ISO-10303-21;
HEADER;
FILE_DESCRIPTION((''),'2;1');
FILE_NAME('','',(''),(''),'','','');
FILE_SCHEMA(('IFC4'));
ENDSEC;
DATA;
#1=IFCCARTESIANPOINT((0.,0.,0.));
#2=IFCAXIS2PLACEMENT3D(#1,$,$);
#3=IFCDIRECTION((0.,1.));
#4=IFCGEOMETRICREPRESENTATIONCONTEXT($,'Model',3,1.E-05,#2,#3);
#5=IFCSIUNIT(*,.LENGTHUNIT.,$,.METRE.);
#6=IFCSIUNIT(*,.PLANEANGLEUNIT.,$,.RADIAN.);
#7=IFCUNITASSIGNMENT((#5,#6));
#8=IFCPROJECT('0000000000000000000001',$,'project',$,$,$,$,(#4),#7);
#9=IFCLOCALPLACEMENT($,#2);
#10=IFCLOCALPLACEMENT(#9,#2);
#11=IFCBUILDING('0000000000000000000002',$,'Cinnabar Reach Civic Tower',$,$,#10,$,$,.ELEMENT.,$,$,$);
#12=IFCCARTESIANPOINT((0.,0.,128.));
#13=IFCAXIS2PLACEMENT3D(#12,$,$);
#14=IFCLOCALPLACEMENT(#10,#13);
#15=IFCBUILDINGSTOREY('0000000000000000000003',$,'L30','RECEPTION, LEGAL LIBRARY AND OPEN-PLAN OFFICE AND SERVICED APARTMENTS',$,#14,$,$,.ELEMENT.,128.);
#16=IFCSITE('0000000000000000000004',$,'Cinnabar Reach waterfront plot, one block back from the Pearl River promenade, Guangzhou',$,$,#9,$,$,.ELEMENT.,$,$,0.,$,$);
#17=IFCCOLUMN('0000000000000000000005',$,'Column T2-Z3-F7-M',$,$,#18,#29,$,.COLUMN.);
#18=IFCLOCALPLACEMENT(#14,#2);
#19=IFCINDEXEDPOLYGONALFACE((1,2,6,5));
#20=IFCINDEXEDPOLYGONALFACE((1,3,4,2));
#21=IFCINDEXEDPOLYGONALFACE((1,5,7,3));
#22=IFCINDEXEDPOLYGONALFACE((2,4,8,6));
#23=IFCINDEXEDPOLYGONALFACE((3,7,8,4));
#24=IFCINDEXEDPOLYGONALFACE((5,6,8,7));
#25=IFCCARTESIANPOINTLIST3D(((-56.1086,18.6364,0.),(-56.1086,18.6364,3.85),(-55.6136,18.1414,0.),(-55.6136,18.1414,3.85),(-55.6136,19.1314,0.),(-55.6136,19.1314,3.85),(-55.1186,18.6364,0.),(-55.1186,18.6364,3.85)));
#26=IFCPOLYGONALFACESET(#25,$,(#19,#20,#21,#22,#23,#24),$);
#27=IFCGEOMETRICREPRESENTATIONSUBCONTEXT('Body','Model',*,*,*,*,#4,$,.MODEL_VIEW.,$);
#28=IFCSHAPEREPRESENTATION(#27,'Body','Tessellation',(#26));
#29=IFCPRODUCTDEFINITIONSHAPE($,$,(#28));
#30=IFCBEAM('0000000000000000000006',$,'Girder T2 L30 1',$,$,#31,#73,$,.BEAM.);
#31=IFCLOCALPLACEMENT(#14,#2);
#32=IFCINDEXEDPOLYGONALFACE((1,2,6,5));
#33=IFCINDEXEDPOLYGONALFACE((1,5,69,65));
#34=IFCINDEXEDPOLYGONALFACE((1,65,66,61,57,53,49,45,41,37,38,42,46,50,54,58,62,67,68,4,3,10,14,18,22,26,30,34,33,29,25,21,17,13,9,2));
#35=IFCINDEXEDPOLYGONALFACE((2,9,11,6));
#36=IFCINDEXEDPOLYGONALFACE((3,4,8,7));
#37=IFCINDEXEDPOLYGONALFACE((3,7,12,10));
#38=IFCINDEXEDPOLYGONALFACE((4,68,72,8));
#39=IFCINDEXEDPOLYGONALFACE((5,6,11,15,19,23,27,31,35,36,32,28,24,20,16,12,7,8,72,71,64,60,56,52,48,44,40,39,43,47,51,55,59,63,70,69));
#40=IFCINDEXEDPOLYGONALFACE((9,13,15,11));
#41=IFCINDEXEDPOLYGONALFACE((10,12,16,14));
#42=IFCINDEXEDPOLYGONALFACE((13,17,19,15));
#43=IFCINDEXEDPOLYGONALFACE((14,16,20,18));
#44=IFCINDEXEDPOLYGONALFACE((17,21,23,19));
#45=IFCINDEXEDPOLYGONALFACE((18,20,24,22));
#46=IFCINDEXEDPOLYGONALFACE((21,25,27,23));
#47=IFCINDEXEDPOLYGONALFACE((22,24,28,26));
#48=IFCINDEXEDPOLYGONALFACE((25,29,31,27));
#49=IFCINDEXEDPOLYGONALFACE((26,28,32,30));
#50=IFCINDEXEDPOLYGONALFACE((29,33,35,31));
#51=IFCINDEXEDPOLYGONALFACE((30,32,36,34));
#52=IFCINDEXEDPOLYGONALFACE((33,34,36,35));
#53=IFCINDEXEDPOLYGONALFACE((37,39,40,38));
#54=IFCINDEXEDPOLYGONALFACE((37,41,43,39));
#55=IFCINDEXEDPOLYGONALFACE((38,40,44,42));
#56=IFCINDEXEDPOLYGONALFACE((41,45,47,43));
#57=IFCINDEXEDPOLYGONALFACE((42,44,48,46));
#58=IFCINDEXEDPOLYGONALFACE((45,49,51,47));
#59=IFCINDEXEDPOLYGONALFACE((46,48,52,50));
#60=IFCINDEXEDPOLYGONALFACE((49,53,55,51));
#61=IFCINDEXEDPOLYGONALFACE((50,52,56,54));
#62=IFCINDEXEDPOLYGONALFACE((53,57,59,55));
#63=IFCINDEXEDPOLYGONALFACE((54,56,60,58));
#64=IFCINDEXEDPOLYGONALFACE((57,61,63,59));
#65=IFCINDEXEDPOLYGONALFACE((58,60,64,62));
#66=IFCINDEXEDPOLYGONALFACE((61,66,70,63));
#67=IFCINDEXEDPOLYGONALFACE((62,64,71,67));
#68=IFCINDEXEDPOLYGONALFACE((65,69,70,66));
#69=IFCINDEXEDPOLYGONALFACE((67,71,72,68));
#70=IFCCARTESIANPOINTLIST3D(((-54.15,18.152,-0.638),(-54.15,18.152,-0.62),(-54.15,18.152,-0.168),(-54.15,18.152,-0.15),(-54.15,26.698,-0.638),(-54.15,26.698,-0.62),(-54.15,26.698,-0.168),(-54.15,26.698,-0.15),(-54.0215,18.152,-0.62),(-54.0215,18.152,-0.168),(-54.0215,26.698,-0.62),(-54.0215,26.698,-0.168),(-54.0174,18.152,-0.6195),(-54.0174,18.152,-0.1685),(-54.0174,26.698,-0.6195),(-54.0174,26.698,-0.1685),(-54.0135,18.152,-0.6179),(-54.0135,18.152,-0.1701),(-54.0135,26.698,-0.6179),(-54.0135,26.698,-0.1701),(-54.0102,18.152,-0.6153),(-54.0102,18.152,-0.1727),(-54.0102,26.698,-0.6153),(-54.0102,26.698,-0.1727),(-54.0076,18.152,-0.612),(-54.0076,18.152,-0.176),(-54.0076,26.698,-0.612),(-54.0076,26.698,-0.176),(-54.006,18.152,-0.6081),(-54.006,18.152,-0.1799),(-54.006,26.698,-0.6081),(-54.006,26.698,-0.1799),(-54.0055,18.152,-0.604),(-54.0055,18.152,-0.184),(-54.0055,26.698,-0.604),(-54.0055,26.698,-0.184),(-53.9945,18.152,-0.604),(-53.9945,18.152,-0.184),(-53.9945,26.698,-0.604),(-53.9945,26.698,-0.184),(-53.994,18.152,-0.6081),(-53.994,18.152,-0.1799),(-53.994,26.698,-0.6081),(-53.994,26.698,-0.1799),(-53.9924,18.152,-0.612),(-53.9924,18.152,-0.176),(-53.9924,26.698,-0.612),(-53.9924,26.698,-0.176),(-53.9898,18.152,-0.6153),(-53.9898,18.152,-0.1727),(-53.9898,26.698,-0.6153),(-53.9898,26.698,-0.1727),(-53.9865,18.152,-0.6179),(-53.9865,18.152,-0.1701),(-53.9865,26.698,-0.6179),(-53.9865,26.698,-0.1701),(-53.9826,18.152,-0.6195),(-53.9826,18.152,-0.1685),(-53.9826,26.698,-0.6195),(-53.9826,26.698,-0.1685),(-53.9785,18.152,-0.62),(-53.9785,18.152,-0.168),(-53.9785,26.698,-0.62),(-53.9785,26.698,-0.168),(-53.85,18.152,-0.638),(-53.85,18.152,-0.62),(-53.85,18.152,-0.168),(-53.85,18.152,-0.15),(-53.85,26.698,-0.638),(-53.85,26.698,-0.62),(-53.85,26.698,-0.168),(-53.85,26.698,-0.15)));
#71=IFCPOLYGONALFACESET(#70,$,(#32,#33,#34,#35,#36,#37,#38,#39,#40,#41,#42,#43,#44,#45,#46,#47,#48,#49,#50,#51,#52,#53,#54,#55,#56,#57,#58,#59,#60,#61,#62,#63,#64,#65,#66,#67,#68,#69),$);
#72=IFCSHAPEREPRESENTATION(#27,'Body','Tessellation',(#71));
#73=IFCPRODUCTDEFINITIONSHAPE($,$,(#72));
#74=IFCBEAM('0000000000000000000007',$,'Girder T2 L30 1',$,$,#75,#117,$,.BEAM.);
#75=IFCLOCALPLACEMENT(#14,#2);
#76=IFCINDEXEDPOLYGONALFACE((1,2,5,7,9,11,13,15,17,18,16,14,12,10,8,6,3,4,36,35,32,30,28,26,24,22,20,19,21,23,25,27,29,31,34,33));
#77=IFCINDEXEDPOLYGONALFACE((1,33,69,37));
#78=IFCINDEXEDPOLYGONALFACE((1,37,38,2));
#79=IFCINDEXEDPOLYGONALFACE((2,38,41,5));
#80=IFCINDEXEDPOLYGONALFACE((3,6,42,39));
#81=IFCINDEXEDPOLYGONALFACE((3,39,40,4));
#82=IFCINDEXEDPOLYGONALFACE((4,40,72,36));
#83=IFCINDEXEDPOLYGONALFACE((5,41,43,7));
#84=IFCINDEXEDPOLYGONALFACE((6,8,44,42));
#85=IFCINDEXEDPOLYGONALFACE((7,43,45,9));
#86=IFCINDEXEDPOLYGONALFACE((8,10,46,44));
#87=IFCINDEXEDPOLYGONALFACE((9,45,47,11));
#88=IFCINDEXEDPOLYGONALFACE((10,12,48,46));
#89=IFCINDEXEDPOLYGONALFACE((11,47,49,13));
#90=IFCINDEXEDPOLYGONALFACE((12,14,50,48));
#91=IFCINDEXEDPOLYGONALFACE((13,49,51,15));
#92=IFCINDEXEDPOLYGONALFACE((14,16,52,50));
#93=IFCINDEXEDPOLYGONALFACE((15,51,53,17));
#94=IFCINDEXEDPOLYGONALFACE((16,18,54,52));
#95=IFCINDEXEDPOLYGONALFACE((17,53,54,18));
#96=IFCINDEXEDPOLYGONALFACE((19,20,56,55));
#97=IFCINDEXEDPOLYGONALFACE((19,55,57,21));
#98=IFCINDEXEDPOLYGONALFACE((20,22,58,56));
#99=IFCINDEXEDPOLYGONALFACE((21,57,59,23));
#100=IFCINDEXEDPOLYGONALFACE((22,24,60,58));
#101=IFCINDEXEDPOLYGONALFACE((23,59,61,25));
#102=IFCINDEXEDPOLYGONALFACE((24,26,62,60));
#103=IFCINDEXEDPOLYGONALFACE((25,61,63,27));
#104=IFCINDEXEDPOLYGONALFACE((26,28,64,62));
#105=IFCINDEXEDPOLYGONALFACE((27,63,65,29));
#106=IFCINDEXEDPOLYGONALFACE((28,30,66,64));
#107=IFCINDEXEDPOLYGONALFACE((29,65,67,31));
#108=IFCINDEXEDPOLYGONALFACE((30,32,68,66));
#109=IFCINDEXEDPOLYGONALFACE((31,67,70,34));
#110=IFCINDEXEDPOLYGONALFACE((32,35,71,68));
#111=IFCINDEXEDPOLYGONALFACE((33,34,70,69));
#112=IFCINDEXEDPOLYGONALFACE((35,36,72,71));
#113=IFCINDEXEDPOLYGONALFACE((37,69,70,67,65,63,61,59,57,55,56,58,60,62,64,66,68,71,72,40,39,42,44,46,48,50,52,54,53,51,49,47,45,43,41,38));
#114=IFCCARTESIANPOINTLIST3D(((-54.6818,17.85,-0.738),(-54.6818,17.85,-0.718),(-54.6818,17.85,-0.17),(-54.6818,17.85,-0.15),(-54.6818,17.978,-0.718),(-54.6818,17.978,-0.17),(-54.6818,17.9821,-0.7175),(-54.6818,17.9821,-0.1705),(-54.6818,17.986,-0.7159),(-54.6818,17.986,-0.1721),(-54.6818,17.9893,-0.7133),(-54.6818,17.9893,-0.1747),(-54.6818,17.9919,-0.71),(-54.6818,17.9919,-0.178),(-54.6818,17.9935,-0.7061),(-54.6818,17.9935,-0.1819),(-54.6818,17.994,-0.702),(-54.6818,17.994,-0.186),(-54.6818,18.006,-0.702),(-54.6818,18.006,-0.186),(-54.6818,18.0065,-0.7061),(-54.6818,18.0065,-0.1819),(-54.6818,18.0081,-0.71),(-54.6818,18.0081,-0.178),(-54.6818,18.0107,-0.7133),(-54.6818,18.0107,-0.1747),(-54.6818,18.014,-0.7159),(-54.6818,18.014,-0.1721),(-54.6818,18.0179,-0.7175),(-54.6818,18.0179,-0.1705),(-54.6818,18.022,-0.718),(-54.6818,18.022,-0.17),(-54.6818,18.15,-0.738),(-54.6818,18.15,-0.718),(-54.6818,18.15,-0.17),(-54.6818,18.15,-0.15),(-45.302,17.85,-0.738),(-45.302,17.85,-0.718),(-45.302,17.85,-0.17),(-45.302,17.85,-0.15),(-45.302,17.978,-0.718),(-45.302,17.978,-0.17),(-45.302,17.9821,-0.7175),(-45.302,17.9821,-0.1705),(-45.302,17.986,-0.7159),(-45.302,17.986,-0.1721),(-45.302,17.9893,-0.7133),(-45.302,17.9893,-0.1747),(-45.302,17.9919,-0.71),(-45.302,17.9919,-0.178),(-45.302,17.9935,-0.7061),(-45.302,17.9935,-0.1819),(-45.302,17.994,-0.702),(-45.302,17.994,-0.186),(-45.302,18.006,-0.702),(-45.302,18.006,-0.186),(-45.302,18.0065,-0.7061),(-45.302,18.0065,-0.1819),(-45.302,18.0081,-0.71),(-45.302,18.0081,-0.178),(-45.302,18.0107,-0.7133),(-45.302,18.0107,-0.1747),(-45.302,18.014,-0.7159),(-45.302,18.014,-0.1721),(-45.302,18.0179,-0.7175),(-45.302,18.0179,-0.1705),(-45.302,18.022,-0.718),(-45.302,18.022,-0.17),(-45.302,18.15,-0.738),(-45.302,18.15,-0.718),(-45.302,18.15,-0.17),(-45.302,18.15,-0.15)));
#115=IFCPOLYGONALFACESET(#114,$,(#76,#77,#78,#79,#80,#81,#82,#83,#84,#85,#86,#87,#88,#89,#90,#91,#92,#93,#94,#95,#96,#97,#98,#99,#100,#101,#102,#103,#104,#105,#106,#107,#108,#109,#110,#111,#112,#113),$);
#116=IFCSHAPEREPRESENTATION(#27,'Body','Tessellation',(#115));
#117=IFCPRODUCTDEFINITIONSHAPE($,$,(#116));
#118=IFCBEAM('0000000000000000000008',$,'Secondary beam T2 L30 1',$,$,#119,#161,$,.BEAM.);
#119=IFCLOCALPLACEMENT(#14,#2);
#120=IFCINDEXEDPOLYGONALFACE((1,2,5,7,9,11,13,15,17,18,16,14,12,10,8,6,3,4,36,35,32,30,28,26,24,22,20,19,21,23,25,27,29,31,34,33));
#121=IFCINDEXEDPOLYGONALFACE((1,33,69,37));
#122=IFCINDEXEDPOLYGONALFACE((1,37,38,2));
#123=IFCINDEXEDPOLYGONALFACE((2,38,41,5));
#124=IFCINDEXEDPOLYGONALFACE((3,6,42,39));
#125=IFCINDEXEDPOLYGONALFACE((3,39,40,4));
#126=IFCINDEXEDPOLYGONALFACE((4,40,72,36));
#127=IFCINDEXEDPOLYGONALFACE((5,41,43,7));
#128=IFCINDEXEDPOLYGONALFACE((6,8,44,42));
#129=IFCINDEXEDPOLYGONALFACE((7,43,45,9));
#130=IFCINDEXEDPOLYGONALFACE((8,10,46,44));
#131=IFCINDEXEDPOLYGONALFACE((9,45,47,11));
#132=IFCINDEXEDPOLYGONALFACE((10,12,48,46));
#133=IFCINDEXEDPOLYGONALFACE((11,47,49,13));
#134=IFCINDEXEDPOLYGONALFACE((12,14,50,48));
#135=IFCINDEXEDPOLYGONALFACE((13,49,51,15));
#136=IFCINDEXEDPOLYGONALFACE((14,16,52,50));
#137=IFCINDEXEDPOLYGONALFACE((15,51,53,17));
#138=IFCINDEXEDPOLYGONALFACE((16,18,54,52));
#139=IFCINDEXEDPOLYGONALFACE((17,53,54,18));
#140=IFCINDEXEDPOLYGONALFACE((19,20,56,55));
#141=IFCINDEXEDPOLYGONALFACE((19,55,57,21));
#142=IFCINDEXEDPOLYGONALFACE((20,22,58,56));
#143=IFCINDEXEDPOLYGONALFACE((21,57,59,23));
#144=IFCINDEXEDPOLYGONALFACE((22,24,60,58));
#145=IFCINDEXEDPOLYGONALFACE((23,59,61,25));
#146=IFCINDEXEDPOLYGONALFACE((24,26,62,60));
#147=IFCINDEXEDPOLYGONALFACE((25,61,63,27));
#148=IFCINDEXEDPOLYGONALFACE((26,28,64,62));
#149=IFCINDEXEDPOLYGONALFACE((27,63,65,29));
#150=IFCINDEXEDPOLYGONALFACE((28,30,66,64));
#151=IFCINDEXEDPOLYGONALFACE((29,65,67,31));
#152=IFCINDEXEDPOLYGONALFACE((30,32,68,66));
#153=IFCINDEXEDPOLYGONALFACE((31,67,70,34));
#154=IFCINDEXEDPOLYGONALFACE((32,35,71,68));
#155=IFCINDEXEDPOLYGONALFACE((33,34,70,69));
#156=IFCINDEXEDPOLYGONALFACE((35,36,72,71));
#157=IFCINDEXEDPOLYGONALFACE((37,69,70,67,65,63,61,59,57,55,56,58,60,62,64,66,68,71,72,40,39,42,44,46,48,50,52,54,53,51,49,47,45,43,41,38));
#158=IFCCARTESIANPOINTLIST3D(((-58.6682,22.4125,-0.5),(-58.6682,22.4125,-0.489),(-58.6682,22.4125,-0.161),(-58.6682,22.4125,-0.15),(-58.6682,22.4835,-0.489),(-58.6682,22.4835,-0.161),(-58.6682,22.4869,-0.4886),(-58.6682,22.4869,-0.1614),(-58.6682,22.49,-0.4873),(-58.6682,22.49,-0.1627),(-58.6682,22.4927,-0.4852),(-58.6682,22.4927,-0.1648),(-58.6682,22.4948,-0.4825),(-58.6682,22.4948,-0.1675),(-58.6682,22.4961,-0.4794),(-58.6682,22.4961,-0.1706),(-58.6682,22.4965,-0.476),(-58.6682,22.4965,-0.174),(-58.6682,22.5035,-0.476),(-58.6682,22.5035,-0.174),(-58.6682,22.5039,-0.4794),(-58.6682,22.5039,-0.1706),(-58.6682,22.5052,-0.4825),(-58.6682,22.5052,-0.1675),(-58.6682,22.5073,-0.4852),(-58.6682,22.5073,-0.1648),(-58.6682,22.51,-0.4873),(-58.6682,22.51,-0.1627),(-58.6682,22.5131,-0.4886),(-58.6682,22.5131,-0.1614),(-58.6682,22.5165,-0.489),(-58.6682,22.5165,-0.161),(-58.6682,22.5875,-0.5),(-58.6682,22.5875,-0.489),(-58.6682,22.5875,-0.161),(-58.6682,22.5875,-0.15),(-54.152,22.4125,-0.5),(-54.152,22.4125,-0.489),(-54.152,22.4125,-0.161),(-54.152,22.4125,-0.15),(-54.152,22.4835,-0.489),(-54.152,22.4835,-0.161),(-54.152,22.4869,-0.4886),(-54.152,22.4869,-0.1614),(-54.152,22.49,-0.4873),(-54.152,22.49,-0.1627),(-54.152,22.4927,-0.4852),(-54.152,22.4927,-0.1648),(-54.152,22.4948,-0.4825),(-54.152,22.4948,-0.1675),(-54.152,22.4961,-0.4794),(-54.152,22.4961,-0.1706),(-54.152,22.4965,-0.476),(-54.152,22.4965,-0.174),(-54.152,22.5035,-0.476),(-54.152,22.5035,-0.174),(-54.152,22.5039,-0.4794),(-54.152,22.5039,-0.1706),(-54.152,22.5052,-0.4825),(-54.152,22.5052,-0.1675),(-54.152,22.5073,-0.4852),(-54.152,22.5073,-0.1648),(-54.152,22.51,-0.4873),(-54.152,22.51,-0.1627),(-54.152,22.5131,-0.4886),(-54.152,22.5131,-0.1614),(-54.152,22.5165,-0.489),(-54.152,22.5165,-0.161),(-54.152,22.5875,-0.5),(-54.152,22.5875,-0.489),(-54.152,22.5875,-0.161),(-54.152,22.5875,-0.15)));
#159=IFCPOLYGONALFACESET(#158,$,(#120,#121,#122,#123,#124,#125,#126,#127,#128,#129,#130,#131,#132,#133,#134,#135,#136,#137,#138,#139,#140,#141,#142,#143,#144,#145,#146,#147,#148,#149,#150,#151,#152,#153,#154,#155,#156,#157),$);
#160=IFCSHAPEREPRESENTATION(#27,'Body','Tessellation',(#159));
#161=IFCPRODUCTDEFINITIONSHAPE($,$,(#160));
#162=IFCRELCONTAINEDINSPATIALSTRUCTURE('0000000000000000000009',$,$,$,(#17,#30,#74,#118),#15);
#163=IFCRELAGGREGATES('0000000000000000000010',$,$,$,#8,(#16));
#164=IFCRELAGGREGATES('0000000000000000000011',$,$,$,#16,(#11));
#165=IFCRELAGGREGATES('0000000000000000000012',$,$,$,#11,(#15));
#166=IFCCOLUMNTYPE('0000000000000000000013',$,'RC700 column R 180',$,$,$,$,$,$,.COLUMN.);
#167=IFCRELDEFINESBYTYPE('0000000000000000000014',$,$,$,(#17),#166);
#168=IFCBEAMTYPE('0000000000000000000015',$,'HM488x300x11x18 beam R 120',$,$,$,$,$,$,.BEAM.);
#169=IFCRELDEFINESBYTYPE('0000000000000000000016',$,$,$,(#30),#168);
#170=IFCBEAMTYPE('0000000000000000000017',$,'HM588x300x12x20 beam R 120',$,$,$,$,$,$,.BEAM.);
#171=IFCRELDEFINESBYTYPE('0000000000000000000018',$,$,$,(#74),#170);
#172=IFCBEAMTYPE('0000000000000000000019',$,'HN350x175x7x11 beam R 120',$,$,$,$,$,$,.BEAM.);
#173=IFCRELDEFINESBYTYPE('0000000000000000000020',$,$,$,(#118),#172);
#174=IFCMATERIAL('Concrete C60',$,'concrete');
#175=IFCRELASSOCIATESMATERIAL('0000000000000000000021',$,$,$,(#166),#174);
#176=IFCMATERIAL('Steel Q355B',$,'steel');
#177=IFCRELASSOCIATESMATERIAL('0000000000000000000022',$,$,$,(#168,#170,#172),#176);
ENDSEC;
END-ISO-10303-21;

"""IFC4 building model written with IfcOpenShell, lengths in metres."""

from ifc_helpers import new_model, si_unit, direction, frame, origin, origin_2d, place, context, subcontext, project, spatial, rectangle, i_section, extrude, material, material_profile, profile_set, type_object, element, save


model = new_model("IFC4")

# Units and contexts
model_context = context("Model", 3, precision=1e-05, world=origin(), true_north=direction((0.0, 1.0)))
body_context = subcontext(model_context, "Body", "Model", "MODEL_VIEW")
ifc_project = project(units=[si_unit("LENGTHUNIT", "METRE"), si_unit("PLANEANGLEUNIT", "RADIAN")], contexts=[model_context])

# Site, building, storey
site_placement = place(None, origin())
site = spatial("IfcSite", under=ifc_project, at=site_placement, Name="Cinnabar Reach waterfront plot, one block back from the Pearl River promenade, Guangzhou", CompositionType="ELEMENT", RefElevation=0.0)
building_placement = place(site_placement, origin())
building = spatial("IfcBuilding", under=site, at=building_placement, Name="Cinnabar Reach Civic Tower", CompositionType="ELEMENT")
storey_placement = place(building_placement, frame((0.0, 0.0, 128.0)))
storey = spatial("IfcBuildingStorey", under=building, at=storey_placement, Name="L30", Description="RECEPTION, LEGAL LIBRARY AND OPEN-PLAN OFFICE AND SERVICED APARTMENTS", CompositionType="ELEMENT", Elevation=128.0)

# Column
ifc_material_1 = material(Name="Concrete C60", Category="concrete")
ifc_material_profile_1 = material_profile(ifc_material_1, rectangle(XDim=0.7, YDim=0.7, at=origin_2d()), Name="RC700")
ifc_profile_set_1 = profile_set([ifc_material_profile_1], Name="Concrete C60")
column_type = type_object("IfcColumnType", Name="RC700 column R 180", PredefinedType="COLUMN", material=ifc_profile_set_1)
column_placement = place(storey_placement, frame((-55.6136, 18.6364, 0.0), z_axis=(0.0, 0.0, 1.0), x_axis=(0.707107, 0.707107, 0.0)))
element("IfcColumn", 1, at=column_placement, inside=storey, type_object=column_type, Name="Column T2-Z3-F7-M", PredefinedType="COLUMN", context=body_context, shape_type="SweptSolid", body=[
    extrude(rectangle(XDim=0.7, YDim=0.7, at=origin_2d()), origin(), (0.0, 0.0, 1.0), 3.85),
])

# Beams
ifc_material_2 = material(Name="Steel Q355B", Category="steel")
ifc_material_profile_2 = material_profile(ifc_material_2, i_section(OverallWidth=0.3, OverallDepth=0.488, WebThickness=0.011, FlangeThickness=0.018, FilletRadius=0.016, at=origin_2d()), Name="HM488x300x11x18")
ifc_profile_set_2 = profile_set([ifc_material_profile_2], Name="Steel Q355B")
beam_type_1 = type_object("IfcBeamType", Name="HM488x300x11x18 beam R 120", PredefinedType="BEAM", material=ifc_profile_set_2)
beam_1_placement = place(storey_placement, frame((-54.0, 18.152, -0.394), z_axis=(0.0, 1.0, 0.0), x_axis=(-1.0, 0.0, 0.0)))
element("IfcBeam", 2, at=beam_1_placement, inside=storey, type_object=beam_type_1, Name="Girder T2 L30 1", PredefinedType="BEAM", context=body_context, shape_type="SweptSolid", body=[
    extrude(i_section(OverallWidth=0.3, OverallDepth=0.488, WebThickness=0.011, FlangeThickness=0.018, FilletRadius=0.016, at=origin_2d()), origin(), (0.0, 0.0, 1.0), 8.546),
])
ifc_material_profile_3 = material_profile(ifc_material_2, i_section(OverallWidth=0.3, OverallDepth=0.588, WebThickness=0.012, FlangeThickness=0.02, FilletRadius=0.016, at=origin_2d()), Name="HM588x300x12x20")
ifc_profile_set_3 = profile_set([ifc_material_profile_3], Name="Steel Q355B")
beam_type_2 = type_object("IfcBeamType", Name="HM588x300x12x20 beam R 120", PredefinedType="BEAM", material=ifc_profile_set_3)
beam_2_placement = place(storey_placement, frame((-54.6818, 18.0, -0.444), z_axis=(1.0, 0.0, 0.0), x_axis=(0.0, 1.0, 0.0)))
element("IfcBeam", 3, at=beam_2_placement, inside=storey, type_object=beam_type_2, Name="Girder T2 L30 1", PredefinedType="BEAM", context=body_context, shape_type="SweptSolid", body=[
    extrude(i_section(OverallWidth=0.3, OverallDepth=0.588, WebThickness=0.012, FlangeThickness=0.02, FilletRadius=0.016, at=origin_2d()), origin(), (0.0, 0.0, 1.0), 9.3798),
])
ifc_material_profile_4 = material_profile(ifc_material_2, i_section(OverallWidth=0.175, OverallDepth=0.35, WebThickness=0.007, FlangeThickness=0.011, FilletRadius=0.013, at=origin_2d()), Name="HN350x175x7x11")
ifc_profile_set_4 = profile_set([ifc_material_profile_4], Name="Steel Q355B")
beam_type_3 = type_object("IfcBeamType", Name="HN350x175x7x11 beam R 120", PredefinedType="BEAM", material=ifc_profile_set_4)
beam_3_placement = place(storey_placement, frame((-58.6682, 22.5, -0.325), z_axis=(1.0, 0.0, 0.0), x_axis=(0.0, 1.0, 0.0)))
element("IfcBeam", 4, at=beam_3_placement, inside=storey, type_object=beam_type_3, Name="Secondary beam T2 L30 1", PredefinedType="BEAM", context=body_context, shape_type="SweptSolid", body=[
    extrude(i_section(OverallWidth=0.175, OverallDepth=0.35, WebThickness=0.007, FlangeThickness=0.011, FilletRadius=0.013, at=origin_2d()), origin(), (0.0, 0.0, 1.0), 4.5162),
])

save(model, "model.ifc")
